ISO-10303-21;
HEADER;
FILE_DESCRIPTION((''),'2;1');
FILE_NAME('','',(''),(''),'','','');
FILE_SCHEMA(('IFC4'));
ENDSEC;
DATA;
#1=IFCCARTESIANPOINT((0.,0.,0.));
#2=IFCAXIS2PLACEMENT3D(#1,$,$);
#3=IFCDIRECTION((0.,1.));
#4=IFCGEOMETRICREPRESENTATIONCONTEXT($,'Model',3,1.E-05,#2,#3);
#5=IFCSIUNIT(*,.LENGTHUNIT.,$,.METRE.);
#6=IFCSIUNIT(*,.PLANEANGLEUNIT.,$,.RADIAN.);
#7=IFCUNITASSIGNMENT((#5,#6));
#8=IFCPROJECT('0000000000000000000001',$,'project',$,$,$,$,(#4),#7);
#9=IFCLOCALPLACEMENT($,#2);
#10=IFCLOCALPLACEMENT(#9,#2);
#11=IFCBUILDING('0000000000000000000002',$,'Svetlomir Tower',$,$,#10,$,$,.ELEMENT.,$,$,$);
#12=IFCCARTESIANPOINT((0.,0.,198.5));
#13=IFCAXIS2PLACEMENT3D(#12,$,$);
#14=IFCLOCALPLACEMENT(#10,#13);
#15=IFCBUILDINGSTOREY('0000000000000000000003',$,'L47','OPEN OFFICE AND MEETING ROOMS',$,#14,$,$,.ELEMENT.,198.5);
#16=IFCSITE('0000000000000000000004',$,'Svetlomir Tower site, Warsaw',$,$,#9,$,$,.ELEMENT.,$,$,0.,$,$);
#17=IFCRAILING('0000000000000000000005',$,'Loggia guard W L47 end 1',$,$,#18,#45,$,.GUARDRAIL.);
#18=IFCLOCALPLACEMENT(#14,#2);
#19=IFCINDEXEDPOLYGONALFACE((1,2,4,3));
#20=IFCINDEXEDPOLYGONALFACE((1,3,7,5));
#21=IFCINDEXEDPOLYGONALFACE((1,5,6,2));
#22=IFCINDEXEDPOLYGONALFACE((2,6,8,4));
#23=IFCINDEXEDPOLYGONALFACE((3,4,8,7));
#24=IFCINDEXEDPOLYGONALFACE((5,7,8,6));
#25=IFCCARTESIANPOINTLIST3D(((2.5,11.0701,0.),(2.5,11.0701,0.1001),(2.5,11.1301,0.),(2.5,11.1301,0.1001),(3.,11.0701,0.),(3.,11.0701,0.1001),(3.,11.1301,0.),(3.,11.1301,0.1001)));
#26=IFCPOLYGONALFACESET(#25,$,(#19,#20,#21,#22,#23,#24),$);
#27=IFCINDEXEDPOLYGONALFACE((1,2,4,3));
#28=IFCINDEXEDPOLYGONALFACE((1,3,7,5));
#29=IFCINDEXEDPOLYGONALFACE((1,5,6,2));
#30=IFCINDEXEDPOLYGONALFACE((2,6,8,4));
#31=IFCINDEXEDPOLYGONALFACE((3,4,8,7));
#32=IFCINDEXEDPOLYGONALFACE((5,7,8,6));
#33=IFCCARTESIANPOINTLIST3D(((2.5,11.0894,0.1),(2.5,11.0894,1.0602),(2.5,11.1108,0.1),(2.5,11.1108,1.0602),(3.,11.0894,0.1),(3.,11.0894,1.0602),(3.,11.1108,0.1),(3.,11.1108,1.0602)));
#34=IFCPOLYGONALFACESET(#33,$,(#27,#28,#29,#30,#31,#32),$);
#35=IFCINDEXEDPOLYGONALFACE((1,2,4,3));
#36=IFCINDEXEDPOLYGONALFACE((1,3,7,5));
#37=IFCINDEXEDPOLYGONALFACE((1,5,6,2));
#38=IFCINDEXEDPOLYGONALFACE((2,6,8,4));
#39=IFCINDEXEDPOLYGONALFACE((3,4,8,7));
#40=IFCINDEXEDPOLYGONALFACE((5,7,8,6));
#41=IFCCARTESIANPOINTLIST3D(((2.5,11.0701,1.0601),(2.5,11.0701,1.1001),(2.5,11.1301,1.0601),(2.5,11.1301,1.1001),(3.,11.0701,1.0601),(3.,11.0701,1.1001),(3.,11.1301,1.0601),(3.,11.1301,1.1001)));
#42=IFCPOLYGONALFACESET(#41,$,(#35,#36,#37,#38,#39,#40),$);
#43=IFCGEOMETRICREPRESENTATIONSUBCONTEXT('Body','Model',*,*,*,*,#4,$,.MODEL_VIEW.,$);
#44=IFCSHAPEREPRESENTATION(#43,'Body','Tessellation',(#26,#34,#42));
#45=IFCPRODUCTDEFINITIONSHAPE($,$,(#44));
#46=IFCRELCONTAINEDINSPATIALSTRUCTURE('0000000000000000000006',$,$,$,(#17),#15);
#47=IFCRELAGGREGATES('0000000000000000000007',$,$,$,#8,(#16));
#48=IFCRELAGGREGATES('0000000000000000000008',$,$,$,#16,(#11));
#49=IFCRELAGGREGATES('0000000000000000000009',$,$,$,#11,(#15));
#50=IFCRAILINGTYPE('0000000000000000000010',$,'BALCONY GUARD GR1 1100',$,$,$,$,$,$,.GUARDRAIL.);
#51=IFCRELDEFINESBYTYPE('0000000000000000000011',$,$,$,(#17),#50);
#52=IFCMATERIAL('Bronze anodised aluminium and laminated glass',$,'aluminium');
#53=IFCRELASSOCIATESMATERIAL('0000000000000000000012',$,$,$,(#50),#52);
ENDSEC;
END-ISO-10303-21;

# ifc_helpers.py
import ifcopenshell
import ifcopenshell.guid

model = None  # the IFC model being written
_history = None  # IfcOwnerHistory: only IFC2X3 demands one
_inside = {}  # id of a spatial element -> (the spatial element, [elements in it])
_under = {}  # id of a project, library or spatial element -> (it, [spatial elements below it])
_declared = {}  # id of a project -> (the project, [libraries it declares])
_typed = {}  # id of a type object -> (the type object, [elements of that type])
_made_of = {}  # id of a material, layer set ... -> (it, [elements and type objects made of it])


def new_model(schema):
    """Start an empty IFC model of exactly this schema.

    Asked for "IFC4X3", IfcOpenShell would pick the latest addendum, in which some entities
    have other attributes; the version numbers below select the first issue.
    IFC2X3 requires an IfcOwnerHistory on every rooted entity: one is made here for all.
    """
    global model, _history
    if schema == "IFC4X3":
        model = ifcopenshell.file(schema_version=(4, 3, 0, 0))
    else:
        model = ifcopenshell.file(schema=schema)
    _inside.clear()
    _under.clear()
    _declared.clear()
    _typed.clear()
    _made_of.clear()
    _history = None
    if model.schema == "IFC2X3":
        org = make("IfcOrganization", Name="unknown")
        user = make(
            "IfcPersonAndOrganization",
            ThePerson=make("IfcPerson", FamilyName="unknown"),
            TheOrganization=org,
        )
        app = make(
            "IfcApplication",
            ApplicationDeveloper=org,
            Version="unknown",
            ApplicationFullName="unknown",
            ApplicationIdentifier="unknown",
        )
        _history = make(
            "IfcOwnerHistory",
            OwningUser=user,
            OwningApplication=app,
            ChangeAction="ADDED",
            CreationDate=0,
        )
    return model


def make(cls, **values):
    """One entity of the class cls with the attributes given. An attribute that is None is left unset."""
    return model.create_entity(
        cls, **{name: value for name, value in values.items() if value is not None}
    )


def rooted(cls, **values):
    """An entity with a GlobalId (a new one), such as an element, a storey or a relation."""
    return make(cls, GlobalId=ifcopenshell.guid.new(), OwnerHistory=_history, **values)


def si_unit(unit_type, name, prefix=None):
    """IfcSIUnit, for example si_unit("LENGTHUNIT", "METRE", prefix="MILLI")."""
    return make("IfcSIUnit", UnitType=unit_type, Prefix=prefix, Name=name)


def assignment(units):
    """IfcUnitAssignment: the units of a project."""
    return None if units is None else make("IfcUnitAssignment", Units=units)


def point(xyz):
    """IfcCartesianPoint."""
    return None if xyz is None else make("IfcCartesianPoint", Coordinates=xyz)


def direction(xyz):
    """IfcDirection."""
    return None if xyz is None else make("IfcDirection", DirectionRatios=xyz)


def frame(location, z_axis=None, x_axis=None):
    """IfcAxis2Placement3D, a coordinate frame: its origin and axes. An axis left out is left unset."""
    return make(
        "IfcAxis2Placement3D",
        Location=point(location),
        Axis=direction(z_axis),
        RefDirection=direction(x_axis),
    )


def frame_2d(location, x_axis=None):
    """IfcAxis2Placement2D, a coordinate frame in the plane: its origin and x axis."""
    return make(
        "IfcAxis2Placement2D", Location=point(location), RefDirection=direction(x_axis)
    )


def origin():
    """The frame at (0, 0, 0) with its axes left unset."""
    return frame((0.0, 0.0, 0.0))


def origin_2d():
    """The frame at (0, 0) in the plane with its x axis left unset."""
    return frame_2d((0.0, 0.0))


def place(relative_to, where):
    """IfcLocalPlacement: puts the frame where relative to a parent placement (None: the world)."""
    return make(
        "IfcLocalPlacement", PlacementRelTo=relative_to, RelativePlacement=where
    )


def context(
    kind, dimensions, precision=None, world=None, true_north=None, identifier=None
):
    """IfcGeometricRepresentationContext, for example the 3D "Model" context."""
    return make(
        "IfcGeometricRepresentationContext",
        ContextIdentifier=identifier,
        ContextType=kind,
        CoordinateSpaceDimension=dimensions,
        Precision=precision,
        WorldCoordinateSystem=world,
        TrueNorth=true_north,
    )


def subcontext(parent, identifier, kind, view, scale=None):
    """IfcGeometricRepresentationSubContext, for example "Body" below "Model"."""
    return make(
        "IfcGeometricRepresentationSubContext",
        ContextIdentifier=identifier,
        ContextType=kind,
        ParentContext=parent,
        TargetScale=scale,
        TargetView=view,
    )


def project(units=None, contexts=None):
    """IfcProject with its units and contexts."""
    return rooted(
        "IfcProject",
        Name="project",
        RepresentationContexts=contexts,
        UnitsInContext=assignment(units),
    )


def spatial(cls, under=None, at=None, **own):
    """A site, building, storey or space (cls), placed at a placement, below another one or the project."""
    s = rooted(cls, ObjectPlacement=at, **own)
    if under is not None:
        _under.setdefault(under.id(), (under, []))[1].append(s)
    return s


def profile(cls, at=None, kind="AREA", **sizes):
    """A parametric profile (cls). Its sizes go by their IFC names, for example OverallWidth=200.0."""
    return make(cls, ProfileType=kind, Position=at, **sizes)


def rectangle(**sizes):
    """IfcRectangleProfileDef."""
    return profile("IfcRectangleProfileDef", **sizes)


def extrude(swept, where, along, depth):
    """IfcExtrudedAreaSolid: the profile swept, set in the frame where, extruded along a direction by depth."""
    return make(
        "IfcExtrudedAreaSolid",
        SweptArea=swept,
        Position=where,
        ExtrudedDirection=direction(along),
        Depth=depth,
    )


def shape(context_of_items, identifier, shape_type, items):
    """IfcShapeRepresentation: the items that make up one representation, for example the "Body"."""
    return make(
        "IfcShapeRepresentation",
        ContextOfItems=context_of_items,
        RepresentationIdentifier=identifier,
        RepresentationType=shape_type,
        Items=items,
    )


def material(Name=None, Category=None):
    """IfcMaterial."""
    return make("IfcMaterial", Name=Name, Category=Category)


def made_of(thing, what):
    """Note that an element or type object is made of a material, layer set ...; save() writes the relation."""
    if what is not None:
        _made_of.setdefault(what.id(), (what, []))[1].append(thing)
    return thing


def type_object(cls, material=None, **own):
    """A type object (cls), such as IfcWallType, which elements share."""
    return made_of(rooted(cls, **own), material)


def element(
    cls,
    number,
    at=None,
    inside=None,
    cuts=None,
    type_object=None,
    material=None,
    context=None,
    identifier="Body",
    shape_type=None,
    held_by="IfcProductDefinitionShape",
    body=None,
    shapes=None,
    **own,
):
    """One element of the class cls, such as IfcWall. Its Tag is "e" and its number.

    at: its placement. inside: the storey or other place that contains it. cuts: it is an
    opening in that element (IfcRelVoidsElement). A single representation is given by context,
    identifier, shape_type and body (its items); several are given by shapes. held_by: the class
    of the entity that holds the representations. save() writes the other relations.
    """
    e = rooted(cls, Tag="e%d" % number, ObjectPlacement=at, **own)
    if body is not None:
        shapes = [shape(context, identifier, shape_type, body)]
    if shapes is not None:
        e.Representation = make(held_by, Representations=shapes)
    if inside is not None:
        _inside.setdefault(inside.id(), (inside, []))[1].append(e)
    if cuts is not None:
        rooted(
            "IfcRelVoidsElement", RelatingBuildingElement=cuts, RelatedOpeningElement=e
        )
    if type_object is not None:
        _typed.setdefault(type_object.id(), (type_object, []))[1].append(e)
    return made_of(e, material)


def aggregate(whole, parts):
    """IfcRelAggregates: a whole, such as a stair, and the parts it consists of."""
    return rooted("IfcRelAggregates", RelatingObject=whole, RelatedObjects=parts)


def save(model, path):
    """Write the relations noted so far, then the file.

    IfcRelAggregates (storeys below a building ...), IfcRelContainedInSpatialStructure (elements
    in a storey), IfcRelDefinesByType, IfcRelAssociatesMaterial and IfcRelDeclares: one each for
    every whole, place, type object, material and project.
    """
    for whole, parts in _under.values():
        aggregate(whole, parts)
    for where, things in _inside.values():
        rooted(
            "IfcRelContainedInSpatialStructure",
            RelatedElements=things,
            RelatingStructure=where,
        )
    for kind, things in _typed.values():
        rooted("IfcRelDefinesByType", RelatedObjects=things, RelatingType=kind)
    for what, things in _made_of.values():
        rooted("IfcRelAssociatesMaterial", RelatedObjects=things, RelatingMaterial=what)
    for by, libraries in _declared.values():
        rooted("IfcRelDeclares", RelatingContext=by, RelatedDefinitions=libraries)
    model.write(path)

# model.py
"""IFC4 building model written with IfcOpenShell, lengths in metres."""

from ifc_helpers import new_model, si_unit, direction, frame, origin, origin_2d, place, context, subcontext, project, spatial, rectangle, extrude, material, type_object, element, save


model = new_model("IFC4")

# Units and contexts
model_context = context("Model", 3, precision=1e-05, world=origin(), true_north=direction((0.0, 1.0)))
body_context = subcontext(model_context, "Body", "Model", "MODEL_VIEW")
ifc_project = project(units=[si_unit("LENGTHUNIT", "METRE"), si_unit("PLANEANGLEUNIT", "RADIAN")], contexts=[model_context])

# Site, building, storey
site_placement = place(None, origin())
site = spatial("IfcSite", under=ifc_project, at=site_placement, Name="Svetlomir Tower site, Warsaw", CompositionType="ELEMENT", RefElevation=0.0)
building_placement = place(site_placement, origin())
building = spatial("IfcBuilding", under=site, at=building_placement, Name="Svetlomir Tower", CompositionType="ELEMENT")
storey_placement = place(building_placement, frame((0.0, 0.0, 198.5)))
storey = spatial("IfcBuildingStorey", under=building, at=storey_placement, Name="L47", Description="OPEN OFFICE AND MEETING ROOMS", CompositionType="ELEMENT", Elevation=198.5)

# Railing
ifc_material_1 = material(Name="Bronze anodised aluminium and laminated glass", Category="aluminium")
railing_type = type_object("IfcRailingType", Name="BALCONY GUARD GR1 1100", PredefinedType="GUARDRAIL", material=ifc_material_1)
railing_1_placement = place(storey_placement, frame((2.5, 11.1001, 0.0)))
element("IfcRailing", 1, at=railing_1_placement, inside=storey, type_object=railing_type, Name="Loggia guard W L47 end 1", PredefinedType="GUARDRAIL", context=body_context, shape_type="SweptSolid", body=[
    extrude(rectangle(XDim=0.0601, YDim=0.1001, at=origin_2d()), frame((0.0, 0.0, 0.05), z_axis=(1.0, 0.0, 0.0), x_axis=(0.0, 1.0, 0.0)), (0.0, 0.0, 1.0), 0.5),
    extrude(rectangle(XDim=0.0215, YDim=0.9602, at=origin_2d()), frame((0.0, 0.0, 0.5801), z_axis=(1.0, 0.0, 0.0), x_axis=(0.0, 1.0, 0.0)), (0.0, 0.0, 1.0), 0.5),
    extrude(rectangle(XDim=0.0601, YDim=0.04, at=origin_2d()), frame((0.0, 0.0, 1.0801), z_axis=(1.0, 0.0, 0.0), x_axis=(0.0, 1.0, 0.0)), (0.0, 0.0, 1.0), 0.5),
])

save(model, "model.ifc")
